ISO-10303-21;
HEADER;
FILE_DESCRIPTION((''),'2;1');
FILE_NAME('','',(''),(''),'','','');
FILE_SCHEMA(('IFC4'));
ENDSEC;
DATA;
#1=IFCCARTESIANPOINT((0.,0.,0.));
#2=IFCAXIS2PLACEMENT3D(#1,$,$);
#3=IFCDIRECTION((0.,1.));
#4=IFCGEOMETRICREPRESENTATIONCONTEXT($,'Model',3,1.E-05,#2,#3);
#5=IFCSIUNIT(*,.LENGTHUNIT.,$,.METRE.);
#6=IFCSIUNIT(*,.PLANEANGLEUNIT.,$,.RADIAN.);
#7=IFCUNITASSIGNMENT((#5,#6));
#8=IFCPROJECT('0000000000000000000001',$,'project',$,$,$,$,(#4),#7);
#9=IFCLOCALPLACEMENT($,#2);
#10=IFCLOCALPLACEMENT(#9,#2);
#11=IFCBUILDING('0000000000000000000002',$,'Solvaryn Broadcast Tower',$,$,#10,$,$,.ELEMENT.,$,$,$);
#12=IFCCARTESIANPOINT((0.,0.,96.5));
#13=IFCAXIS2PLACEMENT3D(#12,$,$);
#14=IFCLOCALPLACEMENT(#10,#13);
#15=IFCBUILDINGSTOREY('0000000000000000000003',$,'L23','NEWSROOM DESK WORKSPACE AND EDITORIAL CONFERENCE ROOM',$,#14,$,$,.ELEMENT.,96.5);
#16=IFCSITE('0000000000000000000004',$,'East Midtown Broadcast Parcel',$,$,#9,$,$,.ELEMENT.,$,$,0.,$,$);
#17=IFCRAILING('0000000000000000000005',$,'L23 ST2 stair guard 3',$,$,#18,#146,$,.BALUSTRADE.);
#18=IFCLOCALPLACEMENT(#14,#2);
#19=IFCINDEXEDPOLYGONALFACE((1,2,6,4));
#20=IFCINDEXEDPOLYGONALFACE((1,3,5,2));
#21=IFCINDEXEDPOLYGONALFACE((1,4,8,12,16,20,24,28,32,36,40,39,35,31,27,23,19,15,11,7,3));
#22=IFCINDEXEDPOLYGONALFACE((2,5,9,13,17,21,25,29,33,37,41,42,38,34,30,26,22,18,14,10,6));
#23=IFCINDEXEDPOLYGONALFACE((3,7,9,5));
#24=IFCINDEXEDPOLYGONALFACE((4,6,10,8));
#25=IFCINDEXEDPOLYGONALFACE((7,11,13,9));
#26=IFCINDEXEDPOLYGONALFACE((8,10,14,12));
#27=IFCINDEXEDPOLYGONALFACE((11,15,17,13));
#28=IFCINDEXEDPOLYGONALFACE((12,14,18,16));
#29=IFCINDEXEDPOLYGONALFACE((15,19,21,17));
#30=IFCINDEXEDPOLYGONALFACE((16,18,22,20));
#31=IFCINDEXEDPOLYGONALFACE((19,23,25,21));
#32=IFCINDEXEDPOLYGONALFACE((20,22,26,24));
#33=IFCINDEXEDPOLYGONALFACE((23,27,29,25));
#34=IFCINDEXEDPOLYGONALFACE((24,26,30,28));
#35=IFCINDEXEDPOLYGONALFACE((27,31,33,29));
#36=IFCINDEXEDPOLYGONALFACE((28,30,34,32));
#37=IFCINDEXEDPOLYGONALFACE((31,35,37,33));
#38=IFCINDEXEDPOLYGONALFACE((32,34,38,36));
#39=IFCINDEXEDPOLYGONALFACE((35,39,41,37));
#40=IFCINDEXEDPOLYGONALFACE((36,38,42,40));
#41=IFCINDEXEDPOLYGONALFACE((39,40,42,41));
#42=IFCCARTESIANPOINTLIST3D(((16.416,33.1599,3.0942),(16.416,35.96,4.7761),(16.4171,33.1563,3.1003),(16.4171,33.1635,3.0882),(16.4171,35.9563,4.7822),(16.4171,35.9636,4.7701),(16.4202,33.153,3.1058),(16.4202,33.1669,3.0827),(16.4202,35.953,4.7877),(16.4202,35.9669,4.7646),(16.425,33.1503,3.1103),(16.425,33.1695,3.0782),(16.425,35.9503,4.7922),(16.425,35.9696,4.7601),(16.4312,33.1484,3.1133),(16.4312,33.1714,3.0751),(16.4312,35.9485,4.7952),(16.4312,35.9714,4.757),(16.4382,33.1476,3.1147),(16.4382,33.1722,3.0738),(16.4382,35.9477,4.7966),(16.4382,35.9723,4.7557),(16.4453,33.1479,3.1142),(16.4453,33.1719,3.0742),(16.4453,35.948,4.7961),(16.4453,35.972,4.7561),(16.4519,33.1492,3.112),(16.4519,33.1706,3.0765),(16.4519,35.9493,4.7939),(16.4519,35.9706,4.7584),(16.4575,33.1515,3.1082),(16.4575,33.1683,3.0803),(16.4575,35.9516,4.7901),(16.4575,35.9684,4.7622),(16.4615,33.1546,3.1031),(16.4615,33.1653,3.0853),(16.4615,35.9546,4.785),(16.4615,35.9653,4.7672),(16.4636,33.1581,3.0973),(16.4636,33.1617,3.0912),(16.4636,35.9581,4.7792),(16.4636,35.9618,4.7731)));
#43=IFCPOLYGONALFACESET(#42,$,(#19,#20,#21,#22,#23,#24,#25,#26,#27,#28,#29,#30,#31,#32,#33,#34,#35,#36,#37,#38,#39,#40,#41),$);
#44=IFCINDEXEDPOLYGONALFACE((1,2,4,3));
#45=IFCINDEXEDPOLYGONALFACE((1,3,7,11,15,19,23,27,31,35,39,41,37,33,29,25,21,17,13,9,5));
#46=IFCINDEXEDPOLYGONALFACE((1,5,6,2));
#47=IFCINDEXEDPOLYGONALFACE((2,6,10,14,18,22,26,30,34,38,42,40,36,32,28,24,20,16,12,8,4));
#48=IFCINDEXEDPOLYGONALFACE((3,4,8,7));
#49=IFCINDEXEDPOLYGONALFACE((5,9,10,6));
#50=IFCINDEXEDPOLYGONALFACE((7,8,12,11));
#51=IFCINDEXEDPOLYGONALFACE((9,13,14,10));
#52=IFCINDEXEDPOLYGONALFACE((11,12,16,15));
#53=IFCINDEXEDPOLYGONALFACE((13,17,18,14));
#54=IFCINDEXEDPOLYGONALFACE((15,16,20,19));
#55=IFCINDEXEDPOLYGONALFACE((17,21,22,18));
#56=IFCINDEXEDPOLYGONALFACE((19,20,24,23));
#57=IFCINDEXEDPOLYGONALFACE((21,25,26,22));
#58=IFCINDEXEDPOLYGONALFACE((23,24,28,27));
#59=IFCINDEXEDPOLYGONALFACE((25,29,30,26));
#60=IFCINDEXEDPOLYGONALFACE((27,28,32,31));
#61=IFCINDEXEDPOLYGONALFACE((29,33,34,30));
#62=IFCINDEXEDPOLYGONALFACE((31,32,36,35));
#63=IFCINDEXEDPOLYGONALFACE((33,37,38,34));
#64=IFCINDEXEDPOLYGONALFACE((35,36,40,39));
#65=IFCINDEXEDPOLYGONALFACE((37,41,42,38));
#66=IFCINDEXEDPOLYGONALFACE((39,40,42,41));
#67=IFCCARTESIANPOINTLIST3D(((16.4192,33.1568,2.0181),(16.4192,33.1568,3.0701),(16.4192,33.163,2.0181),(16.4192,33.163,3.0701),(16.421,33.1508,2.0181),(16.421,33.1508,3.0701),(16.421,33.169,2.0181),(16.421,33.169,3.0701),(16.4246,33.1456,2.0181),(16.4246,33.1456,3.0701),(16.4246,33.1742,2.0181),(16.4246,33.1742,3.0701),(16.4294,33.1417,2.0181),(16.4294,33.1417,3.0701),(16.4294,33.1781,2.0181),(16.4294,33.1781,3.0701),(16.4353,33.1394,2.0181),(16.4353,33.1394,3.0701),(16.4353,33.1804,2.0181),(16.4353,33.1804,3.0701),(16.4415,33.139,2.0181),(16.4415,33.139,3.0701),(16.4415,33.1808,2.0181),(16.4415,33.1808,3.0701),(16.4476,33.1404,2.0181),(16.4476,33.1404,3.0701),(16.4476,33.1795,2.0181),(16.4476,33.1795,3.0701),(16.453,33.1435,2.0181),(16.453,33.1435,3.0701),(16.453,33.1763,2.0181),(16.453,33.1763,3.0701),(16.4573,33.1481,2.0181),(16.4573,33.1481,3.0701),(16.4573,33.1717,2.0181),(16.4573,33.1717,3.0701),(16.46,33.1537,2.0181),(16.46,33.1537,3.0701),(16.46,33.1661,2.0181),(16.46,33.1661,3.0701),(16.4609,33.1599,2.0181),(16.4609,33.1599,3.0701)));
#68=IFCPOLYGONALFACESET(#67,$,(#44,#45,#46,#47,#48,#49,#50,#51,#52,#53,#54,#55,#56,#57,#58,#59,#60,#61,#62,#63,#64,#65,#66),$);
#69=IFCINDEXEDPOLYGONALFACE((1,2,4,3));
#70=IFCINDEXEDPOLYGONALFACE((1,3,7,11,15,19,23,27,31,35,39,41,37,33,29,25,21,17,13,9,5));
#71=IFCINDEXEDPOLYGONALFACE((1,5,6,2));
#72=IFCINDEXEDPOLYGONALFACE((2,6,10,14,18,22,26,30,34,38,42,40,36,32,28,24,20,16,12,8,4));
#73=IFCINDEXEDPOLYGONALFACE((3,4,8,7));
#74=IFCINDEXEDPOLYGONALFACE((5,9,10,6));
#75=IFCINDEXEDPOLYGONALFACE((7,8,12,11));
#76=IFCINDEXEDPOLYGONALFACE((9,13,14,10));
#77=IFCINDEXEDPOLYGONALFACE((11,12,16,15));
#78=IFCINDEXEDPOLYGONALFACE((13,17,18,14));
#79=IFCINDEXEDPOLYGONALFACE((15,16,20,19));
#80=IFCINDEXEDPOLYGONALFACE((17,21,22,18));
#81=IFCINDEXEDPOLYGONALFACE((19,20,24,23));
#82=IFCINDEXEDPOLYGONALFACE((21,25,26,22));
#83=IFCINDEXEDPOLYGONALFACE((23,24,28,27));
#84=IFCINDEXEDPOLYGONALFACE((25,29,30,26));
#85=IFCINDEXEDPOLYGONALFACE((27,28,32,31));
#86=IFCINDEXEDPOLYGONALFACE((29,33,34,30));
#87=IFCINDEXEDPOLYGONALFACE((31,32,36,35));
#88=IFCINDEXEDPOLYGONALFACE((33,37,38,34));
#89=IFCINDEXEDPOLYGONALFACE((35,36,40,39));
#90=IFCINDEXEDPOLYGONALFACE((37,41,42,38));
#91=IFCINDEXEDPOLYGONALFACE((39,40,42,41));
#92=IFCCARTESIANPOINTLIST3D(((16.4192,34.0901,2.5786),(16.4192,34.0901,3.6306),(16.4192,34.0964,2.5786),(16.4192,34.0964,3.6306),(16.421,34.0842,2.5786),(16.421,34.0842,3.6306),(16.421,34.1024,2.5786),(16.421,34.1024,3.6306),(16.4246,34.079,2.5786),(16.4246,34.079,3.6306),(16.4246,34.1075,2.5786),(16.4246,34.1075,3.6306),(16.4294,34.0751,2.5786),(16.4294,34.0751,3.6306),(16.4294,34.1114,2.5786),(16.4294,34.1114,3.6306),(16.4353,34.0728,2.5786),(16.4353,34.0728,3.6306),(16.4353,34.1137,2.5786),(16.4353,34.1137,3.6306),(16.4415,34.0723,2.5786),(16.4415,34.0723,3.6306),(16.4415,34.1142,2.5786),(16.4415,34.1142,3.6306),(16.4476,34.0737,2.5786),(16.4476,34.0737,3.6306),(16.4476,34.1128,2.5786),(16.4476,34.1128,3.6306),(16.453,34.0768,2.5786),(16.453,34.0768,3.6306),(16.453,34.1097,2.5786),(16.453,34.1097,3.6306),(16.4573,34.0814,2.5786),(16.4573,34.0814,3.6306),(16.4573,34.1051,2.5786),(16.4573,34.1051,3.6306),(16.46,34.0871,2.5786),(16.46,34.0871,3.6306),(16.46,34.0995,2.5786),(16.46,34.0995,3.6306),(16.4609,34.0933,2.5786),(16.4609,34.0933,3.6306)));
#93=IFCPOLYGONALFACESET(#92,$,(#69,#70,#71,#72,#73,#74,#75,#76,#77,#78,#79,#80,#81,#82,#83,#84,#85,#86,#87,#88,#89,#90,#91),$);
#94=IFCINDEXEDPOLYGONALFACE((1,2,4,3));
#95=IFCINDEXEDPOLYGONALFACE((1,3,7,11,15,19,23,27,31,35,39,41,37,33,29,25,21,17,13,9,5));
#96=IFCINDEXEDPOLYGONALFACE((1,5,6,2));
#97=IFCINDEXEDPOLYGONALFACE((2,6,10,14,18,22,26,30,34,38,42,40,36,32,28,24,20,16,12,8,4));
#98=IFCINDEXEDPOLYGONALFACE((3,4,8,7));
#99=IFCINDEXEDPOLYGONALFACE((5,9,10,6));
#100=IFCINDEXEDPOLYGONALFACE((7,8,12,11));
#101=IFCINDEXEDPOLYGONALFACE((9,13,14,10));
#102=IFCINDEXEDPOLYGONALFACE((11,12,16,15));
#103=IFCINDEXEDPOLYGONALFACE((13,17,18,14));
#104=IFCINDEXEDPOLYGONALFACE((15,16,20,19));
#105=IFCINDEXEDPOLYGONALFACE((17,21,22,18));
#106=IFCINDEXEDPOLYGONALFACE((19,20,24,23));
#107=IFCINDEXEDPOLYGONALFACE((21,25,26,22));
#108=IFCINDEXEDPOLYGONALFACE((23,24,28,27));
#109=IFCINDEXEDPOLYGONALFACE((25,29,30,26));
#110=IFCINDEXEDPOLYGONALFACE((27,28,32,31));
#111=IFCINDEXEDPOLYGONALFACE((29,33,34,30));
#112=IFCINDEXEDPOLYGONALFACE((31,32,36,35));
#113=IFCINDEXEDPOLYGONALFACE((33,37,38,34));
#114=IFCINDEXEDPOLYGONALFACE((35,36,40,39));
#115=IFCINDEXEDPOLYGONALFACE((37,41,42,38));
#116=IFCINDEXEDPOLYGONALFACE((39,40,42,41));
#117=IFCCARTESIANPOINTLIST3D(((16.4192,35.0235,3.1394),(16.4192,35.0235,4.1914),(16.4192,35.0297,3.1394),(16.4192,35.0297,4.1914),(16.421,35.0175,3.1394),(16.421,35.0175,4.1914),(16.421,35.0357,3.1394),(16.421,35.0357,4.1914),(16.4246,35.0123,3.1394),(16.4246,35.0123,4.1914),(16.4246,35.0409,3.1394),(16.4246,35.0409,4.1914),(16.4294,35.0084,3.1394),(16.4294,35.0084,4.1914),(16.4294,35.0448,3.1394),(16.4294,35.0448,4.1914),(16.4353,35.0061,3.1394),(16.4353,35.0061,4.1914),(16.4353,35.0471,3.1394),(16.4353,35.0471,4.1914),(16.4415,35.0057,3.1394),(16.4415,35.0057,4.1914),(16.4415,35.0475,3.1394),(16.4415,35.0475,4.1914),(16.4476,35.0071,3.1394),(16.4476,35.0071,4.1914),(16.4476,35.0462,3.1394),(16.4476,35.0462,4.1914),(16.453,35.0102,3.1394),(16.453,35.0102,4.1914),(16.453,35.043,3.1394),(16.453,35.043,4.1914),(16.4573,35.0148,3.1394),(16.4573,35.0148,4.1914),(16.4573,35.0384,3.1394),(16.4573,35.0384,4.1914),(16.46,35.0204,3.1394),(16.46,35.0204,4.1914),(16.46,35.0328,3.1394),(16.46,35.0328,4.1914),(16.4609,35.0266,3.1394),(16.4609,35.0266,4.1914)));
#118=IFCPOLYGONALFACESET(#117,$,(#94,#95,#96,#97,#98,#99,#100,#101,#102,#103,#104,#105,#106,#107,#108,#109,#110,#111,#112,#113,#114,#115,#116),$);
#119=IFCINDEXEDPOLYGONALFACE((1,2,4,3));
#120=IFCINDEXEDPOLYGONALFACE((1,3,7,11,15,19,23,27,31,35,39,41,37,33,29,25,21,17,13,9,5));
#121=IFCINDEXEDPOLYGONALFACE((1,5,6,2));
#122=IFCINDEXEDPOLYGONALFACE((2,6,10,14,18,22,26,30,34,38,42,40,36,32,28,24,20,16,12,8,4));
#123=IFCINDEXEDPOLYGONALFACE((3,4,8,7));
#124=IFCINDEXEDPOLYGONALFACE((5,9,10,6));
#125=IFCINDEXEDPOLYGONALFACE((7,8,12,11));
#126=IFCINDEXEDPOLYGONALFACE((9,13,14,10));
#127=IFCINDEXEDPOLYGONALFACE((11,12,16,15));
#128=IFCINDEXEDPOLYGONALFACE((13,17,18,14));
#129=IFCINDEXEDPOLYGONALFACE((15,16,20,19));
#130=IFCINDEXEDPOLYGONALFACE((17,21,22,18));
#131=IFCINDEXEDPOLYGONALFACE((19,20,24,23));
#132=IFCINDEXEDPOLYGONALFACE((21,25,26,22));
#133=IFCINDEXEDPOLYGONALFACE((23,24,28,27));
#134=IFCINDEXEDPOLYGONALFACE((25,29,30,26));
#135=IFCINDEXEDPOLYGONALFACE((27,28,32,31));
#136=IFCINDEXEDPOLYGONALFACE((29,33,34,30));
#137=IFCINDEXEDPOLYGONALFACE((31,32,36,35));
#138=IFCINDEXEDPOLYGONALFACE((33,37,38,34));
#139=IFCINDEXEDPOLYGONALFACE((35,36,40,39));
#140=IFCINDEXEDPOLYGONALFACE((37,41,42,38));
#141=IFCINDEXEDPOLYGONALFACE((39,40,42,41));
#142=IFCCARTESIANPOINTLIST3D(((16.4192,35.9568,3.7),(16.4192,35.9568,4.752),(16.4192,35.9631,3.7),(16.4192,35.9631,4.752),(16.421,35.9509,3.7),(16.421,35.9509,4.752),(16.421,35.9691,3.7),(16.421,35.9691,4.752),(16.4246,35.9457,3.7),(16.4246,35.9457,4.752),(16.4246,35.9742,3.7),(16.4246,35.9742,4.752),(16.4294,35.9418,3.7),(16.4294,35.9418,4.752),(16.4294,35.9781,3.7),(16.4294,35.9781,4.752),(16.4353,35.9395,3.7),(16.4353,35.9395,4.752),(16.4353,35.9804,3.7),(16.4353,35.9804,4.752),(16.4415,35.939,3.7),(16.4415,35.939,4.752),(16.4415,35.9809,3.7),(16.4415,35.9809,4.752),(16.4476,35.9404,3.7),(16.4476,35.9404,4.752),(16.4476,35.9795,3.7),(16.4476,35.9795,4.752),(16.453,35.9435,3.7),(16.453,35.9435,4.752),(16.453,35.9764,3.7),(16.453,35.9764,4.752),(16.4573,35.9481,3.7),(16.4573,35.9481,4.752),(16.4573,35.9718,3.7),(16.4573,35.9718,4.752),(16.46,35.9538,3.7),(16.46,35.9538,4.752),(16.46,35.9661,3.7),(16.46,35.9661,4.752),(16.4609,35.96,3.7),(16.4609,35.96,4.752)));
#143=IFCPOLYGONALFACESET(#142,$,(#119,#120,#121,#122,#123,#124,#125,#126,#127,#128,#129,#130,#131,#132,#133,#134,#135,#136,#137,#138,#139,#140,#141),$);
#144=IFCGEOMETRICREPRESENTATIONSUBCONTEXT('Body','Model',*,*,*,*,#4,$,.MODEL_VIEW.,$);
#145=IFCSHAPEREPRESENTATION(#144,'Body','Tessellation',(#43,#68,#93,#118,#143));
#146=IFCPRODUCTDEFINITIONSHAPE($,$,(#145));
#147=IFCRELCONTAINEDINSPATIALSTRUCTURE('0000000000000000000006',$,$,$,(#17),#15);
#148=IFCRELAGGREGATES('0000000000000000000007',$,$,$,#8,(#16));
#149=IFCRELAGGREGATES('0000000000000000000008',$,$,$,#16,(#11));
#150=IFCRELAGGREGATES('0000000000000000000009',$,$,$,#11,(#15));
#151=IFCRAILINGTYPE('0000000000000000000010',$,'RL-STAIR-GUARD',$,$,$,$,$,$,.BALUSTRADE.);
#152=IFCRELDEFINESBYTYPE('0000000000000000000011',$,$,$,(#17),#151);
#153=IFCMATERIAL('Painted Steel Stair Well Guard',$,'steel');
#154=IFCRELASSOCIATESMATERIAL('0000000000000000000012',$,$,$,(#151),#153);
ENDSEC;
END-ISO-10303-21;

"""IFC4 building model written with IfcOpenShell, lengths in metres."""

from ifc_helpers import new_model, si_unit, direction, frame, origin, origin_2d, place, context, subcontext, project, spatial, circle, extrude, material, type_object, element, save


model = new_model("IFC4")

# Units and contexts
model_context = context("Model", 3, precision=1e-05, world=origin(), true_north=direction((0.0, 1.0)))
body_context = subcontext(model_context, "Body", "Model", "MODEL_VIEW")
ifc_project = project(units=[si_unit("LENGTHUNIT", "METRE"), si_unit("PLANEANGLEUNIT", "RADIAN")], contexts=[model_context])

# Site, building, storey
site_placement = place(None, origin())
site = spatial("IfcSite", under=ifc_project, at=site_placement, Name="East Midtown Broadcast Parcel", CompositionType="ELEMENT", RefElevation=0.0)
building_placement = place(site_placement, origin())
building = spatial("IfcBuilding", under=site, at=building_placement, Name="Solvaryn Broadcast Tower", CompositionType="ELEMENT")
storey_placement = place(building_placement, frame((0.0, 0.0, 96.5)))
storey = spatial("IfcBuildingStorey", under=building, at=storey_placement, Name="L23", Description="NEWSROOM DESK WORKSPACE AND EDITORIAL CONFERENCE ROOM", CompositionType="ELEMENT", Elevation=96.5)

# Railing
ifc_material_1 = material(Name="Painted Steel Stair Well Guard", Category="steel")
railing_type_1 = type_object("IfcRailingType", Name="RL-STAIR-GUARD", PredefinedType="BALUSTRADE", material=ifc_material_1)
railing_1_placement = place(storey_placement, frame((16.4399, 33.1599, 2.0181)))
element("IfcRailing", 1, at=railing_1_placement, inside=storey, type_object=railing_type_1, Name="L23 ST2 stair guard 3", PredefinedType="BALUSTRADE", context=body_context, shape_type="SweptSolid", body=[
    extrude(circle(Radius=0.0239, at=origin_2d()), frame((0.0, 0.0, 1.0762), z_axis=(0.0, 0.857242, 0.514913), x_axis=(-1.0, 0.0, 0.0)), (0.0, 0.0, 1.0), 3.2664),
    extrude(circle(Radius=0.021, at=origin_2d()), origin(), (0.0, 0.0, 1.0), 1.052),
    extrude(circle(Radius=0.021, at=origin_2d()), frame((0.0, 0.9333, 0.5605)), (0.0, 0.0, 1.0), 1.052),
    extrude(circle(Radius=0.021, at=origin_2d()), frame((0.0, 1.8667, 1.1213)), (0.0, 0.0, 1.0), 1.052),
    extrude(circle(Radius=0.021, at=origin_2d()), frame((0.0, 2.8, 1.6819)), (0.0, 0.0, 1.0), 1.052),
])

save(model, "model.ifc")
